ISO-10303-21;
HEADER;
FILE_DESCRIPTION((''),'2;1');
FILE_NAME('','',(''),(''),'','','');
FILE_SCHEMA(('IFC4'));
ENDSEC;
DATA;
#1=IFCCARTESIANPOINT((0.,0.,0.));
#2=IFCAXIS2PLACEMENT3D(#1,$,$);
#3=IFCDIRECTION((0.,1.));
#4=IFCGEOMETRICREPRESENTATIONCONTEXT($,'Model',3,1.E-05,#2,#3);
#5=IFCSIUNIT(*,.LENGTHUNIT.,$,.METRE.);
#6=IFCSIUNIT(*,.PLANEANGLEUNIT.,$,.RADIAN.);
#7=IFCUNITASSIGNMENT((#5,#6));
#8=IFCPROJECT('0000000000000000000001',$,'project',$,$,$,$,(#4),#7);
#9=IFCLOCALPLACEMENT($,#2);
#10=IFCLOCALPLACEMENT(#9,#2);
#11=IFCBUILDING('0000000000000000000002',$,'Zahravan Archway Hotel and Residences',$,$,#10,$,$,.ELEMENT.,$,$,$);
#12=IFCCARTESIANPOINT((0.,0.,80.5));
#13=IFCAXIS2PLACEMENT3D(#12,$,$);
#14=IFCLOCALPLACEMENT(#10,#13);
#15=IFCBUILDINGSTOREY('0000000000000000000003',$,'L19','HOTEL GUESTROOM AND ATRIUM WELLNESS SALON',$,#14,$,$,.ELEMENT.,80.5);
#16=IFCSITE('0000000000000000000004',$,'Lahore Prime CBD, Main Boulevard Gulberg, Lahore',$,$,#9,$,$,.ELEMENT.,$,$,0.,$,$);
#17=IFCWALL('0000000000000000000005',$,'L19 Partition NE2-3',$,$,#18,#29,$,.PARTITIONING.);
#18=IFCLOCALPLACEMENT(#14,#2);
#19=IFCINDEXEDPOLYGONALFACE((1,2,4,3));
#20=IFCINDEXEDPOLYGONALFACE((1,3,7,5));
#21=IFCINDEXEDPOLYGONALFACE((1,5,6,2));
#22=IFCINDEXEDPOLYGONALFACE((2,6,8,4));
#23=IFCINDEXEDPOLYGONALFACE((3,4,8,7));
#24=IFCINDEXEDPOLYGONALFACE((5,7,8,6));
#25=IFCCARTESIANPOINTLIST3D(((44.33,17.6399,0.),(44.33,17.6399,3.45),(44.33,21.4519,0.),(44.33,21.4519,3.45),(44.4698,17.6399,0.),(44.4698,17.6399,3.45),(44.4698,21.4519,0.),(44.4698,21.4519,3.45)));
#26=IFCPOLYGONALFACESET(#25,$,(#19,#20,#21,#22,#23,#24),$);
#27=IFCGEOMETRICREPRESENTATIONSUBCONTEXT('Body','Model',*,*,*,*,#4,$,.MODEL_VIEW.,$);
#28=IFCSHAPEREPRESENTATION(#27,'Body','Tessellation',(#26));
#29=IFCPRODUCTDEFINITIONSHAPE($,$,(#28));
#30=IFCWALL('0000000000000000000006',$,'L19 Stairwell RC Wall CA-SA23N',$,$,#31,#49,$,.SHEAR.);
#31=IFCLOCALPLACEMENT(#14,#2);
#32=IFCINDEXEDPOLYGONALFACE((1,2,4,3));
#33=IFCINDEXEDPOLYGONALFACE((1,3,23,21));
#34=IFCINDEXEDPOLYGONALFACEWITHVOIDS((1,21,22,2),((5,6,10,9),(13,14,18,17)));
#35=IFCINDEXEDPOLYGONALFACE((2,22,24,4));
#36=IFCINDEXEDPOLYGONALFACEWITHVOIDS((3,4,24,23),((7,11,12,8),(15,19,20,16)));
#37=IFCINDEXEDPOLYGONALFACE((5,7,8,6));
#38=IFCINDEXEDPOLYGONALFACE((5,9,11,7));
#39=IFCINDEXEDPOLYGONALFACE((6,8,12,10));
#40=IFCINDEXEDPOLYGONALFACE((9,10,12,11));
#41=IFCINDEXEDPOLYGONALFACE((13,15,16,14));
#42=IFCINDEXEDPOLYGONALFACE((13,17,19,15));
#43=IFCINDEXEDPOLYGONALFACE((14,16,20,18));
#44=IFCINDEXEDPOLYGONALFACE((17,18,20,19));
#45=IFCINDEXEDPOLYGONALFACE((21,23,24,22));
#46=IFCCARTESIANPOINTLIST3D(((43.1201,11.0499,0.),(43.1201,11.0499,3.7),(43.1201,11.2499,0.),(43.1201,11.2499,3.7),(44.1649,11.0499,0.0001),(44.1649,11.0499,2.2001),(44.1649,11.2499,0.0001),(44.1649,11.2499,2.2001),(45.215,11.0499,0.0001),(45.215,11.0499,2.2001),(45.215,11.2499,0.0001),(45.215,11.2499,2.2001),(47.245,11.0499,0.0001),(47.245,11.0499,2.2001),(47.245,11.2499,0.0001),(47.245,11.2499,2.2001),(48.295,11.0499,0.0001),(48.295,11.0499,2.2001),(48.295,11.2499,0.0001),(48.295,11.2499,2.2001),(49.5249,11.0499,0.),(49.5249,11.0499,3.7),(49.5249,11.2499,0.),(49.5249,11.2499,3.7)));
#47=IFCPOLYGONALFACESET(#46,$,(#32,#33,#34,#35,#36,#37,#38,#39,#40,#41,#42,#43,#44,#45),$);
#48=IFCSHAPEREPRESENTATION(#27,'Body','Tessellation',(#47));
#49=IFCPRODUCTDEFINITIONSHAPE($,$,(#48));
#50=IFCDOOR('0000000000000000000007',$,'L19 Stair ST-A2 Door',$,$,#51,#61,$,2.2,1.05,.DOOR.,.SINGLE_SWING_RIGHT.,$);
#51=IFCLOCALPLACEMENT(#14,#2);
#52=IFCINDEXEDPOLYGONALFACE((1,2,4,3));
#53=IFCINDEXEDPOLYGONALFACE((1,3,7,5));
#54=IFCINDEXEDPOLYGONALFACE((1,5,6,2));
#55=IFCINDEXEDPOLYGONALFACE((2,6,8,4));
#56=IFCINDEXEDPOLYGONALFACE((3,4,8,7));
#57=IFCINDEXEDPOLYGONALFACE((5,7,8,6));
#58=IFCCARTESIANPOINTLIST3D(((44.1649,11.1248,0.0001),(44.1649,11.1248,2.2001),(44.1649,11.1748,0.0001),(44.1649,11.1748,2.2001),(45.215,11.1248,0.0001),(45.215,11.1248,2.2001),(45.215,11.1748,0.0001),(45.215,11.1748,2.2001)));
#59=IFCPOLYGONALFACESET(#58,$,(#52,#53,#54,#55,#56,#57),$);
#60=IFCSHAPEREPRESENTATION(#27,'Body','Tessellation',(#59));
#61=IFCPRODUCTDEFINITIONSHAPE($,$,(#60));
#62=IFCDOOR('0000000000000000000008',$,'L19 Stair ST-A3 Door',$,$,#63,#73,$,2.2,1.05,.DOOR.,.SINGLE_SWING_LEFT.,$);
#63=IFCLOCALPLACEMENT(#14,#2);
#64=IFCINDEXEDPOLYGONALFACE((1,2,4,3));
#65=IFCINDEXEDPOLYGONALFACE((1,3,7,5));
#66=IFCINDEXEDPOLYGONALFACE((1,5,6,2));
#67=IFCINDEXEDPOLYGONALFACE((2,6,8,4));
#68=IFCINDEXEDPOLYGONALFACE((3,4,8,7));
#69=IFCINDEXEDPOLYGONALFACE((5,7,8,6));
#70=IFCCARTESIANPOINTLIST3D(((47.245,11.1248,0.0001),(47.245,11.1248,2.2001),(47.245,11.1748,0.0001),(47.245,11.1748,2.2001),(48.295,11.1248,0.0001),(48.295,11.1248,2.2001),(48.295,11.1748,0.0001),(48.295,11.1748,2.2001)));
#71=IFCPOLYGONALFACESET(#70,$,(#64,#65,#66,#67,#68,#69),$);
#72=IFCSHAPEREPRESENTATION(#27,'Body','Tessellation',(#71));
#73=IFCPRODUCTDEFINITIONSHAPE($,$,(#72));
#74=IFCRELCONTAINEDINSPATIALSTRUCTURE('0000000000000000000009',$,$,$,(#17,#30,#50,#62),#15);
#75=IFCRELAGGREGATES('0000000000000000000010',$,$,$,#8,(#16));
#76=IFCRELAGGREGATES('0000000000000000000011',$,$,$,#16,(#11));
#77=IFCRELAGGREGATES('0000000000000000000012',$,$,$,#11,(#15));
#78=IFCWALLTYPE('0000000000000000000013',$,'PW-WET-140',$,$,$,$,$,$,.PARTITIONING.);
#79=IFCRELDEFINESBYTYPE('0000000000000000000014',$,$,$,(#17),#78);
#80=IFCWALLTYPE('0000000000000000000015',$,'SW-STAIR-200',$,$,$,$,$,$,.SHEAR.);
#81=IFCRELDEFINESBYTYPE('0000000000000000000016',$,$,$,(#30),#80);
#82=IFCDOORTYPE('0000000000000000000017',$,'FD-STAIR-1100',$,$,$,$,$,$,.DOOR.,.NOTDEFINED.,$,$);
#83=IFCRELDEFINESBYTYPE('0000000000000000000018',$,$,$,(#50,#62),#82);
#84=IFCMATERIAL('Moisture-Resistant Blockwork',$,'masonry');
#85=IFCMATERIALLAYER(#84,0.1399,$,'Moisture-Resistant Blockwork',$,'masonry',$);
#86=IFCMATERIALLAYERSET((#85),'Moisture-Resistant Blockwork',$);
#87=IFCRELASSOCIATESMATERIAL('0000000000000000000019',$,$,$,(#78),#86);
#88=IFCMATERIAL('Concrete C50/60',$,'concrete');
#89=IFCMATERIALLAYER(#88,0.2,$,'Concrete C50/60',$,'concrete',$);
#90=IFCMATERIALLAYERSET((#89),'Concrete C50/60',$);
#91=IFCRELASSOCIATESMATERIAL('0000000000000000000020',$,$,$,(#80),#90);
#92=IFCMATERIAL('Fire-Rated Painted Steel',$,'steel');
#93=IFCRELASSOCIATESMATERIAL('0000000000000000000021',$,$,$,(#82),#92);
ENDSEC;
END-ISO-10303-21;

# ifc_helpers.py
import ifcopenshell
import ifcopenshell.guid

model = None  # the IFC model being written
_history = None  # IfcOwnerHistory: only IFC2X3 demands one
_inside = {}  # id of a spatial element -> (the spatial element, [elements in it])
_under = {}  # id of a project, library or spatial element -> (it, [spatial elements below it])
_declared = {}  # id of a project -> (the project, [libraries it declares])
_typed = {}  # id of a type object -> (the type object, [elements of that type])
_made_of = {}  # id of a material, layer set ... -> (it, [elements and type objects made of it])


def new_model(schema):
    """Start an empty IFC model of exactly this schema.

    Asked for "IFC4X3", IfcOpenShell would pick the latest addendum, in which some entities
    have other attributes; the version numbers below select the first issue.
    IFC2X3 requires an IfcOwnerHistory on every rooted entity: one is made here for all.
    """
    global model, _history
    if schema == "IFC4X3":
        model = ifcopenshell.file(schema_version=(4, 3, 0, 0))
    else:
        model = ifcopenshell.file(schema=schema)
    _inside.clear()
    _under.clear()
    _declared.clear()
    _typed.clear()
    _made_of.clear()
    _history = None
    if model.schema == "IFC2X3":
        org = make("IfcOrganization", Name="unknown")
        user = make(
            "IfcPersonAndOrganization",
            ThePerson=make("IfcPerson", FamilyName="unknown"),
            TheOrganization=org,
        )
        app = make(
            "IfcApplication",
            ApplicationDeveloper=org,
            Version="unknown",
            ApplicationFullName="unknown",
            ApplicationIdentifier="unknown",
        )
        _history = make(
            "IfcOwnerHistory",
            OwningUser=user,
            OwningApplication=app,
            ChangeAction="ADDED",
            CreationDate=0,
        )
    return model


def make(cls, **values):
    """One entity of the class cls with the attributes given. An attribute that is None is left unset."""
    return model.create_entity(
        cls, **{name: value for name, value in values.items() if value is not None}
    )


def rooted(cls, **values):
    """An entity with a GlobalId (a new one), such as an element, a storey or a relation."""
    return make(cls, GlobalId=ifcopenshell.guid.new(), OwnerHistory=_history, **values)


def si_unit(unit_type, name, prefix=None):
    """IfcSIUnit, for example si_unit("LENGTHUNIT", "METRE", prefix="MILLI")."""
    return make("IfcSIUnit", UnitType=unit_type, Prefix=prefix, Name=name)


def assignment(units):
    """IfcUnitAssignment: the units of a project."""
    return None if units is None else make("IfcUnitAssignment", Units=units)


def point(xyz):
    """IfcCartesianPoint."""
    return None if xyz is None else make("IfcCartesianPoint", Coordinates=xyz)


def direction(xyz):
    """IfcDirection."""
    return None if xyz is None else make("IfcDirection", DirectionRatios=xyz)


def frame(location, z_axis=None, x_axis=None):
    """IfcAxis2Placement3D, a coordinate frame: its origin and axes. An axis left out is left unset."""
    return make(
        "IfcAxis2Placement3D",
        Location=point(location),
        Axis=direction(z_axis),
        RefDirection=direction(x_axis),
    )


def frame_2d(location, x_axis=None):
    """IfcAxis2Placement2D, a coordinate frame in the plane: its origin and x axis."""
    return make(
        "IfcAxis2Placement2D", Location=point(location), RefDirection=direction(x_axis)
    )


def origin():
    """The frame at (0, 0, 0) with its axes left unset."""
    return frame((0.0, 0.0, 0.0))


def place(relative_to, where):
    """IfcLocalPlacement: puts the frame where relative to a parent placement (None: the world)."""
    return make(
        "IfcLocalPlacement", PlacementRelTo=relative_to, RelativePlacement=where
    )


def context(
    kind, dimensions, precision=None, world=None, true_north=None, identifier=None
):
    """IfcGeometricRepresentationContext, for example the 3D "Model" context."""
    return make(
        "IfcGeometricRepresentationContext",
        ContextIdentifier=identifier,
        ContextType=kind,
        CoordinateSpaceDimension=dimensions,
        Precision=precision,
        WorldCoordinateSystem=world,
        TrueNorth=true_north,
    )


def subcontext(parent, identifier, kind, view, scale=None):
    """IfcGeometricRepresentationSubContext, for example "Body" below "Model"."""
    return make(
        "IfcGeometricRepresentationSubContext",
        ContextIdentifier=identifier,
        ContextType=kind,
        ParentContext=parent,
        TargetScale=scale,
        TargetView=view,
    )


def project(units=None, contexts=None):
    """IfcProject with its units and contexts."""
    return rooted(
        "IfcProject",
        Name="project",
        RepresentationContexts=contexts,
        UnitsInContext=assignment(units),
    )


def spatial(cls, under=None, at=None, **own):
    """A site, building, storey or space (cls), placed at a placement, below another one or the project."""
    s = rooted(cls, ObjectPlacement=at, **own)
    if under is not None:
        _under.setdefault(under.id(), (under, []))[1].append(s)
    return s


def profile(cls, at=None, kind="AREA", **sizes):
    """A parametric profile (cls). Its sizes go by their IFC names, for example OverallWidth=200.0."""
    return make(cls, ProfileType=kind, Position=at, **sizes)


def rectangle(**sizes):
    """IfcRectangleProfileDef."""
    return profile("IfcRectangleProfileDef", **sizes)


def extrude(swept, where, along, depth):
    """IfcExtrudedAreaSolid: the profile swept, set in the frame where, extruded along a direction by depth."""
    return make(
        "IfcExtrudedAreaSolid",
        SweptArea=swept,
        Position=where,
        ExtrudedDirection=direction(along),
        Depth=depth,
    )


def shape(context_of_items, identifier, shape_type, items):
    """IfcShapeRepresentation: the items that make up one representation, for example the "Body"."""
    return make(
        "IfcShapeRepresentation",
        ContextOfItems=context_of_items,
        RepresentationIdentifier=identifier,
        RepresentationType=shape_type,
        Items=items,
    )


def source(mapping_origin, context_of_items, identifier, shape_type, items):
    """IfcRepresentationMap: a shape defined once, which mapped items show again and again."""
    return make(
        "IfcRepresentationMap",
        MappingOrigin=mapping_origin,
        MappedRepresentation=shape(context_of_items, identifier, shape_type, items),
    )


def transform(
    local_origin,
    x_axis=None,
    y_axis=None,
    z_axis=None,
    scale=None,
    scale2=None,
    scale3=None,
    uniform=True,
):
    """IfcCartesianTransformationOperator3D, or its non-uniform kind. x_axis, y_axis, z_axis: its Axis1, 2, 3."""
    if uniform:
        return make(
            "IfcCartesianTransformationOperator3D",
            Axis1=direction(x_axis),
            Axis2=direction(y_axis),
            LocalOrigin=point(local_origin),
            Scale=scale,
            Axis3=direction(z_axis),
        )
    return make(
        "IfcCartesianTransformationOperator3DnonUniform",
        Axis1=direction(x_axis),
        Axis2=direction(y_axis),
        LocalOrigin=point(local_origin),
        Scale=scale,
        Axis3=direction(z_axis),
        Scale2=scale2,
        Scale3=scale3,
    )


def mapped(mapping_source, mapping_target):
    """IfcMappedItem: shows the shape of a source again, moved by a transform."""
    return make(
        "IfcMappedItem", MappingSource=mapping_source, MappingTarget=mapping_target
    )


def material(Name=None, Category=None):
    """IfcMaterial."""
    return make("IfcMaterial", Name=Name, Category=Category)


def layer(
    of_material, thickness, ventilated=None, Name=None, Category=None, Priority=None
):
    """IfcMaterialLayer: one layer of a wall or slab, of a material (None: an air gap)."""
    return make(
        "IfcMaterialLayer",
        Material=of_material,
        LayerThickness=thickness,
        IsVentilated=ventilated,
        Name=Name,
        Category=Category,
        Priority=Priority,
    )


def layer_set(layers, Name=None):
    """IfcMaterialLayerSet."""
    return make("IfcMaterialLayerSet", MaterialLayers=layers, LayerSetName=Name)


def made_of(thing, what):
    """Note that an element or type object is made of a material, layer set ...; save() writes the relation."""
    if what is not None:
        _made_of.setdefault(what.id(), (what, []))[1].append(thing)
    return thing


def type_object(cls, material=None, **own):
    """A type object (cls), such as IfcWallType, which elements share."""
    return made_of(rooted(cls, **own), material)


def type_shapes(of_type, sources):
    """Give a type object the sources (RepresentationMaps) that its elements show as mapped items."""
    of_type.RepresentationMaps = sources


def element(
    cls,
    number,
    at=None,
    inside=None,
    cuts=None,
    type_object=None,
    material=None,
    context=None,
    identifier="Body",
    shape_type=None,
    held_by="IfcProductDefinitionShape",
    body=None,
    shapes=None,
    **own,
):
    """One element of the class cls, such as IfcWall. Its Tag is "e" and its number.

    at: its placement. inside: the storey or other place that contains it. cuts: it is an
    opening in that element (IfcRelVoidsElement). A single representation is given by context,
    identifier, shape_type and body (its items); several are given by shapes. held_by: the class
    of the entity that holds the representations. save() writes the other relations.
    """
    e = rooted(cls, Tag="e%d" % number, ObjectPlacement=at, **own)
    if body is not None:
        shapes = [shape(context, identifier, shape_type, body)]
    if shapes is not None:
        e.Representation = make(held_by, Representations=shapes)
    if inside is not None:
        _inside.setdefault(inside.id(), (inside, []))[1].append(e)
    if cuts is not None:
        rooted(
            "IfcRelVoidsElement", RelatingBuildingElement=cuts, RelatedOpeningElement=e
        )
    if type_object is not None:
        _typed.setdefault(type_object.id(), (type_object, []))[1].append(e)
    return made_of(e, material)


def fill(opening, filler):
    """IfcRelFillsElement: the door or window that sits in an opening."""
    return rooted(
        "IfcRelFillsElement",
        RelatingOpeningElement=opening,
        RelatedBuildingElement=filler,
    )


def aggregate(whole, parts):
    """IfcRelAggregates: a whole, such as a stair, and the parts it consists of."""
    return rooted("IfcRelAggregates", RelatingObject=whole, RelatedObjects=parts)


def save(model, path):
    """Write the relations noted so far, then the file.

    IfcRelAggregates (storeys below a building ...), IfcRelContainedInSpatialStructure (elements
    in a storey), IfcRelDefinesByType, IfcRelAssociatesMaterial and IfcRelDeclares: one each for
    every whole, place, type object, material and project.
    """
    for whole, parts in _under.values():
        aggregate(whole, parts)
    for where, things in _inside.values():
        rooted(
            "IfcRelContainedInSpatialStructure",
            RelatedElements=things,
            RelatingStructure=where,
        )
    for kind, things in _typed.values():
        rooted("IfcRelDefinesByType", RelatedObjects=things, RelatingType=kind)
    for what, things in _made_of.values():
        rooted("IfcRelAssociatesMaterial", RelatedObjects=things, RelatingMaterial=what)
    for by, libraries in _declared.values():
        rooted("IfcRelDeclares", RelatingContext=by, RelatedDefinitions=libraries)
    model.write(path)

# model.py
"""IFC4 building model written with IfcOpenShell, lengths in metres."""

from ifc_helpers import new_model, si_unit, direction, frame, frame_2d, origin, place, context, subcontext, project, spatial, rectangle, extrude, source, transform, mapped, material, layer, layer_set, type_object, type_shapes, element, fill, save


model = new_model("IFC4")

# Units and contexts
model_context = context("Model", 3, precision=1e-05, world=origin(), true_north=direction((0.0, 1.0)))
body_context = subcontext(model_context, "Body", "Model", "MODEL_VIEW")
ifc_project = project(units=[si_unit("LENGTHUNIT", "METRE"), si_unit("PLANEANGLEUNIT", "RADIAN")], contexts=[model_context])

# Site, building, storey
site_placement = place(None, origin())
site = spatial("IfcSite", under=ifc_project, at=site_placement, Name="Lahore Prime CBD, Main Boulevard Gulberg, Lahore", CompositionType="ELEMENT", RefElevation=0.0)
building_placement = place(site_placement, origin())
building = spatial("IfcBuilding", under=site, at=building_placement, Name="Zahravan Archway Hotel and Residences", CompositionType="ELEMENT")
storey_placement = place(building_placement, frame((0.0, 0.0, 80.5)))
storey = spatial("IfcBuildingStorey", under=building, at=storey_placement, Name="L19", Description="HOTEL GUESTROOM AND ATRIUM WELLNESS SALON", CompositionType="ELEMENT", Elevation=80.5)

# Shared definitions
ifc_material_1 = material(Name="Fire-Rated Painted Steel", Category="steel")

# Wall
ifc_material_2 = material(Name="Moisture-Resistant Blockwork", Category="masonry")
ifc_layer_1 = layer(ifc_material_2, 0.1399, Name="Moisture-Resistant Blockwork", Category="masonry")
ifc_layer_set_1 = layer_set([ifc_layer_1], Name="Moisture-Resistant Blockwork")
wall_type_1 = type_object("IfcWallType", Name="PW-WET-140", PredefinedType="PARTITIONING", material=ifc_layer_set_1)
wall_1_placement = place(storey_placement, frame((44.3999, 17.6399, 0.0), z_axis=(0.0, 0.0, 1.0), x_axis=(0.0, 1.0, 0.0)))
element("IfcWall", 1, at=wall_1_placement, inside=storey, type_object=wall_type_1, Name="L19 Partition NE2-3", PredefinedType="PARTITIONING", context=body_context, shape_type="SweptSolid", body=[
    extrude(rectangle(XDim=3.812, YDim=0.1399, at=frame_2d((1.906, 0.0))), origin(), (0.0, 0.0, 1.0), 3.45),
])

# Wall, openings, doors
ifc_material_3 = material(Name="Concrete C50/60", Category="concrete")
ifc_layer_2 = layer(ifc_material_3, 0.2, Name="Concrete C50/60", Category="concrete")
ifc_layer_set_2 = layer_set([ifc_layer_2], Name="Concrete C50/60")
wall_type_2 = type_object("IfcWallType", Name="SW-STAIR-200", PredefinedType="SHEAR", material=ifc_layer_set_2)
wall_2_placement = place(storey_placement, frame((43.1201, 11.1499, 0.0), z_axis=(0.0, 0.0, 1.0), x_axis=(1.0, 0.0, 0.0)))
wall_2 = element("IfcWall", 2, at=wall_2_placement, inside=storey, type_object=wall_type_2, Name="L19 Stairwell RC Wall CA-SA23N", PredefinedType="SHEAR", context=body_context, shape_type="SweptSolid", body=[
    extrude(rectangle(XDim=6.4048, YDim=0.2, at=frame_2d((3.2024, 0.0))), origin(), (0.0, 0.0, 1.0), 3.7),
])
opening_1_placement = place(wall_2_placement, frame((1.0449, 0.0, 0.0)))
opening_1 = element("IfcOpeningElement", 3, at=opening_1_placement, cuts=wall_2, PredefinedType="OPENING", context=body_context, shape_type="SweptSolid", body=[
    extrude(rectangle(XDim=1.05, YDim=2.2, at=frame_2d((0.5249, 1.1001))), frame((0.0, 0.1099, 0.0), z_axis=(0.0, -1.0, 0.0), x_axis=(1.0, 0.0, 0.0)), (0.0, 0.0, 1.0), 0.22),
])
opening_2_placement = place(wall_2_placement, frame((4.125, 0.0, 0.0)))
opening_2 = element("IfcOpeningElement", 4, at=opening_2_placement, cuts=wall_2, PredefinedType="OPENING", context=body_context, shape_type="SweptSolid", body=[
    extrude(rectangle(XDim=1.05, YDim=2.2, at=frame_2d((0.5249, 1.1001))), frame((0.0, 0.1099, 0.0), z_axis=(0.0, -1.0, 0.0), x_axis=(1.0, 0.0, 0.0)), (0.0, 0.0, 1.0), 0.22),
])
door_type_1 = type_object("IfcDoorType", Name="FD-STAIR-1100", OperationType="NOTDEFINED", PredefinedType="DOOR", material=ifc_material_1)
shared_shape_1 = source(origin(), body_context, "Body", "SweptSolid", [
    extrude(rectangle(XDim=1.05, YDim=2.2, at=frame_2d((0.5249, 1.1001))), frame((0.0, 0.0249, 0.0), z_axis=(0.0, -1.0, 0.0), x_axis=(1.0, 0.0, 0.0)), (0.0, 0.0, 1.0), 0.05),
])
type_shapes(door_type_1, [shared_shape_1])
door_1_placement = place(opening_1_placement, origin())
door_1 = element("IfcDoor", 5, at=door_1_placement, inside=storey, type_object=door_type_1, Name="L19 Stair ST-A2 Door", OperationType="SINGLE_SWING_RIGHT", OverallHeight=2.2, OverallWidth=1.05, PredefinedType="DOOR", context=body_context, shape_type="MappedRepresentation", body=[
    mapped(shared_shape_1, transform((0.0, 0.0, 0.0), scale=1.0)),
])
fill(opening_1, door_1)
door_2_placement = place(opening_2_placement, origin())
door_2 = element("IfcDoor", 6, at=door_2_placement, inside=storey, type_object=door_type_1, Name="L19 Stair ST-A3 Door", OperationType="SINGLE_SWING_LEFT", OverallHeight=2.2, OverallWidth=1.05, PredefinedType="DOOR", context=body_context, shape_type="MappedRepresentation", body=[
    mapped(shared_shape_1, transform((0.0, 0.0, 0.0), scale=1.0)),
])
fill(opening_2, door_2)

save(model, "model.ifc")
